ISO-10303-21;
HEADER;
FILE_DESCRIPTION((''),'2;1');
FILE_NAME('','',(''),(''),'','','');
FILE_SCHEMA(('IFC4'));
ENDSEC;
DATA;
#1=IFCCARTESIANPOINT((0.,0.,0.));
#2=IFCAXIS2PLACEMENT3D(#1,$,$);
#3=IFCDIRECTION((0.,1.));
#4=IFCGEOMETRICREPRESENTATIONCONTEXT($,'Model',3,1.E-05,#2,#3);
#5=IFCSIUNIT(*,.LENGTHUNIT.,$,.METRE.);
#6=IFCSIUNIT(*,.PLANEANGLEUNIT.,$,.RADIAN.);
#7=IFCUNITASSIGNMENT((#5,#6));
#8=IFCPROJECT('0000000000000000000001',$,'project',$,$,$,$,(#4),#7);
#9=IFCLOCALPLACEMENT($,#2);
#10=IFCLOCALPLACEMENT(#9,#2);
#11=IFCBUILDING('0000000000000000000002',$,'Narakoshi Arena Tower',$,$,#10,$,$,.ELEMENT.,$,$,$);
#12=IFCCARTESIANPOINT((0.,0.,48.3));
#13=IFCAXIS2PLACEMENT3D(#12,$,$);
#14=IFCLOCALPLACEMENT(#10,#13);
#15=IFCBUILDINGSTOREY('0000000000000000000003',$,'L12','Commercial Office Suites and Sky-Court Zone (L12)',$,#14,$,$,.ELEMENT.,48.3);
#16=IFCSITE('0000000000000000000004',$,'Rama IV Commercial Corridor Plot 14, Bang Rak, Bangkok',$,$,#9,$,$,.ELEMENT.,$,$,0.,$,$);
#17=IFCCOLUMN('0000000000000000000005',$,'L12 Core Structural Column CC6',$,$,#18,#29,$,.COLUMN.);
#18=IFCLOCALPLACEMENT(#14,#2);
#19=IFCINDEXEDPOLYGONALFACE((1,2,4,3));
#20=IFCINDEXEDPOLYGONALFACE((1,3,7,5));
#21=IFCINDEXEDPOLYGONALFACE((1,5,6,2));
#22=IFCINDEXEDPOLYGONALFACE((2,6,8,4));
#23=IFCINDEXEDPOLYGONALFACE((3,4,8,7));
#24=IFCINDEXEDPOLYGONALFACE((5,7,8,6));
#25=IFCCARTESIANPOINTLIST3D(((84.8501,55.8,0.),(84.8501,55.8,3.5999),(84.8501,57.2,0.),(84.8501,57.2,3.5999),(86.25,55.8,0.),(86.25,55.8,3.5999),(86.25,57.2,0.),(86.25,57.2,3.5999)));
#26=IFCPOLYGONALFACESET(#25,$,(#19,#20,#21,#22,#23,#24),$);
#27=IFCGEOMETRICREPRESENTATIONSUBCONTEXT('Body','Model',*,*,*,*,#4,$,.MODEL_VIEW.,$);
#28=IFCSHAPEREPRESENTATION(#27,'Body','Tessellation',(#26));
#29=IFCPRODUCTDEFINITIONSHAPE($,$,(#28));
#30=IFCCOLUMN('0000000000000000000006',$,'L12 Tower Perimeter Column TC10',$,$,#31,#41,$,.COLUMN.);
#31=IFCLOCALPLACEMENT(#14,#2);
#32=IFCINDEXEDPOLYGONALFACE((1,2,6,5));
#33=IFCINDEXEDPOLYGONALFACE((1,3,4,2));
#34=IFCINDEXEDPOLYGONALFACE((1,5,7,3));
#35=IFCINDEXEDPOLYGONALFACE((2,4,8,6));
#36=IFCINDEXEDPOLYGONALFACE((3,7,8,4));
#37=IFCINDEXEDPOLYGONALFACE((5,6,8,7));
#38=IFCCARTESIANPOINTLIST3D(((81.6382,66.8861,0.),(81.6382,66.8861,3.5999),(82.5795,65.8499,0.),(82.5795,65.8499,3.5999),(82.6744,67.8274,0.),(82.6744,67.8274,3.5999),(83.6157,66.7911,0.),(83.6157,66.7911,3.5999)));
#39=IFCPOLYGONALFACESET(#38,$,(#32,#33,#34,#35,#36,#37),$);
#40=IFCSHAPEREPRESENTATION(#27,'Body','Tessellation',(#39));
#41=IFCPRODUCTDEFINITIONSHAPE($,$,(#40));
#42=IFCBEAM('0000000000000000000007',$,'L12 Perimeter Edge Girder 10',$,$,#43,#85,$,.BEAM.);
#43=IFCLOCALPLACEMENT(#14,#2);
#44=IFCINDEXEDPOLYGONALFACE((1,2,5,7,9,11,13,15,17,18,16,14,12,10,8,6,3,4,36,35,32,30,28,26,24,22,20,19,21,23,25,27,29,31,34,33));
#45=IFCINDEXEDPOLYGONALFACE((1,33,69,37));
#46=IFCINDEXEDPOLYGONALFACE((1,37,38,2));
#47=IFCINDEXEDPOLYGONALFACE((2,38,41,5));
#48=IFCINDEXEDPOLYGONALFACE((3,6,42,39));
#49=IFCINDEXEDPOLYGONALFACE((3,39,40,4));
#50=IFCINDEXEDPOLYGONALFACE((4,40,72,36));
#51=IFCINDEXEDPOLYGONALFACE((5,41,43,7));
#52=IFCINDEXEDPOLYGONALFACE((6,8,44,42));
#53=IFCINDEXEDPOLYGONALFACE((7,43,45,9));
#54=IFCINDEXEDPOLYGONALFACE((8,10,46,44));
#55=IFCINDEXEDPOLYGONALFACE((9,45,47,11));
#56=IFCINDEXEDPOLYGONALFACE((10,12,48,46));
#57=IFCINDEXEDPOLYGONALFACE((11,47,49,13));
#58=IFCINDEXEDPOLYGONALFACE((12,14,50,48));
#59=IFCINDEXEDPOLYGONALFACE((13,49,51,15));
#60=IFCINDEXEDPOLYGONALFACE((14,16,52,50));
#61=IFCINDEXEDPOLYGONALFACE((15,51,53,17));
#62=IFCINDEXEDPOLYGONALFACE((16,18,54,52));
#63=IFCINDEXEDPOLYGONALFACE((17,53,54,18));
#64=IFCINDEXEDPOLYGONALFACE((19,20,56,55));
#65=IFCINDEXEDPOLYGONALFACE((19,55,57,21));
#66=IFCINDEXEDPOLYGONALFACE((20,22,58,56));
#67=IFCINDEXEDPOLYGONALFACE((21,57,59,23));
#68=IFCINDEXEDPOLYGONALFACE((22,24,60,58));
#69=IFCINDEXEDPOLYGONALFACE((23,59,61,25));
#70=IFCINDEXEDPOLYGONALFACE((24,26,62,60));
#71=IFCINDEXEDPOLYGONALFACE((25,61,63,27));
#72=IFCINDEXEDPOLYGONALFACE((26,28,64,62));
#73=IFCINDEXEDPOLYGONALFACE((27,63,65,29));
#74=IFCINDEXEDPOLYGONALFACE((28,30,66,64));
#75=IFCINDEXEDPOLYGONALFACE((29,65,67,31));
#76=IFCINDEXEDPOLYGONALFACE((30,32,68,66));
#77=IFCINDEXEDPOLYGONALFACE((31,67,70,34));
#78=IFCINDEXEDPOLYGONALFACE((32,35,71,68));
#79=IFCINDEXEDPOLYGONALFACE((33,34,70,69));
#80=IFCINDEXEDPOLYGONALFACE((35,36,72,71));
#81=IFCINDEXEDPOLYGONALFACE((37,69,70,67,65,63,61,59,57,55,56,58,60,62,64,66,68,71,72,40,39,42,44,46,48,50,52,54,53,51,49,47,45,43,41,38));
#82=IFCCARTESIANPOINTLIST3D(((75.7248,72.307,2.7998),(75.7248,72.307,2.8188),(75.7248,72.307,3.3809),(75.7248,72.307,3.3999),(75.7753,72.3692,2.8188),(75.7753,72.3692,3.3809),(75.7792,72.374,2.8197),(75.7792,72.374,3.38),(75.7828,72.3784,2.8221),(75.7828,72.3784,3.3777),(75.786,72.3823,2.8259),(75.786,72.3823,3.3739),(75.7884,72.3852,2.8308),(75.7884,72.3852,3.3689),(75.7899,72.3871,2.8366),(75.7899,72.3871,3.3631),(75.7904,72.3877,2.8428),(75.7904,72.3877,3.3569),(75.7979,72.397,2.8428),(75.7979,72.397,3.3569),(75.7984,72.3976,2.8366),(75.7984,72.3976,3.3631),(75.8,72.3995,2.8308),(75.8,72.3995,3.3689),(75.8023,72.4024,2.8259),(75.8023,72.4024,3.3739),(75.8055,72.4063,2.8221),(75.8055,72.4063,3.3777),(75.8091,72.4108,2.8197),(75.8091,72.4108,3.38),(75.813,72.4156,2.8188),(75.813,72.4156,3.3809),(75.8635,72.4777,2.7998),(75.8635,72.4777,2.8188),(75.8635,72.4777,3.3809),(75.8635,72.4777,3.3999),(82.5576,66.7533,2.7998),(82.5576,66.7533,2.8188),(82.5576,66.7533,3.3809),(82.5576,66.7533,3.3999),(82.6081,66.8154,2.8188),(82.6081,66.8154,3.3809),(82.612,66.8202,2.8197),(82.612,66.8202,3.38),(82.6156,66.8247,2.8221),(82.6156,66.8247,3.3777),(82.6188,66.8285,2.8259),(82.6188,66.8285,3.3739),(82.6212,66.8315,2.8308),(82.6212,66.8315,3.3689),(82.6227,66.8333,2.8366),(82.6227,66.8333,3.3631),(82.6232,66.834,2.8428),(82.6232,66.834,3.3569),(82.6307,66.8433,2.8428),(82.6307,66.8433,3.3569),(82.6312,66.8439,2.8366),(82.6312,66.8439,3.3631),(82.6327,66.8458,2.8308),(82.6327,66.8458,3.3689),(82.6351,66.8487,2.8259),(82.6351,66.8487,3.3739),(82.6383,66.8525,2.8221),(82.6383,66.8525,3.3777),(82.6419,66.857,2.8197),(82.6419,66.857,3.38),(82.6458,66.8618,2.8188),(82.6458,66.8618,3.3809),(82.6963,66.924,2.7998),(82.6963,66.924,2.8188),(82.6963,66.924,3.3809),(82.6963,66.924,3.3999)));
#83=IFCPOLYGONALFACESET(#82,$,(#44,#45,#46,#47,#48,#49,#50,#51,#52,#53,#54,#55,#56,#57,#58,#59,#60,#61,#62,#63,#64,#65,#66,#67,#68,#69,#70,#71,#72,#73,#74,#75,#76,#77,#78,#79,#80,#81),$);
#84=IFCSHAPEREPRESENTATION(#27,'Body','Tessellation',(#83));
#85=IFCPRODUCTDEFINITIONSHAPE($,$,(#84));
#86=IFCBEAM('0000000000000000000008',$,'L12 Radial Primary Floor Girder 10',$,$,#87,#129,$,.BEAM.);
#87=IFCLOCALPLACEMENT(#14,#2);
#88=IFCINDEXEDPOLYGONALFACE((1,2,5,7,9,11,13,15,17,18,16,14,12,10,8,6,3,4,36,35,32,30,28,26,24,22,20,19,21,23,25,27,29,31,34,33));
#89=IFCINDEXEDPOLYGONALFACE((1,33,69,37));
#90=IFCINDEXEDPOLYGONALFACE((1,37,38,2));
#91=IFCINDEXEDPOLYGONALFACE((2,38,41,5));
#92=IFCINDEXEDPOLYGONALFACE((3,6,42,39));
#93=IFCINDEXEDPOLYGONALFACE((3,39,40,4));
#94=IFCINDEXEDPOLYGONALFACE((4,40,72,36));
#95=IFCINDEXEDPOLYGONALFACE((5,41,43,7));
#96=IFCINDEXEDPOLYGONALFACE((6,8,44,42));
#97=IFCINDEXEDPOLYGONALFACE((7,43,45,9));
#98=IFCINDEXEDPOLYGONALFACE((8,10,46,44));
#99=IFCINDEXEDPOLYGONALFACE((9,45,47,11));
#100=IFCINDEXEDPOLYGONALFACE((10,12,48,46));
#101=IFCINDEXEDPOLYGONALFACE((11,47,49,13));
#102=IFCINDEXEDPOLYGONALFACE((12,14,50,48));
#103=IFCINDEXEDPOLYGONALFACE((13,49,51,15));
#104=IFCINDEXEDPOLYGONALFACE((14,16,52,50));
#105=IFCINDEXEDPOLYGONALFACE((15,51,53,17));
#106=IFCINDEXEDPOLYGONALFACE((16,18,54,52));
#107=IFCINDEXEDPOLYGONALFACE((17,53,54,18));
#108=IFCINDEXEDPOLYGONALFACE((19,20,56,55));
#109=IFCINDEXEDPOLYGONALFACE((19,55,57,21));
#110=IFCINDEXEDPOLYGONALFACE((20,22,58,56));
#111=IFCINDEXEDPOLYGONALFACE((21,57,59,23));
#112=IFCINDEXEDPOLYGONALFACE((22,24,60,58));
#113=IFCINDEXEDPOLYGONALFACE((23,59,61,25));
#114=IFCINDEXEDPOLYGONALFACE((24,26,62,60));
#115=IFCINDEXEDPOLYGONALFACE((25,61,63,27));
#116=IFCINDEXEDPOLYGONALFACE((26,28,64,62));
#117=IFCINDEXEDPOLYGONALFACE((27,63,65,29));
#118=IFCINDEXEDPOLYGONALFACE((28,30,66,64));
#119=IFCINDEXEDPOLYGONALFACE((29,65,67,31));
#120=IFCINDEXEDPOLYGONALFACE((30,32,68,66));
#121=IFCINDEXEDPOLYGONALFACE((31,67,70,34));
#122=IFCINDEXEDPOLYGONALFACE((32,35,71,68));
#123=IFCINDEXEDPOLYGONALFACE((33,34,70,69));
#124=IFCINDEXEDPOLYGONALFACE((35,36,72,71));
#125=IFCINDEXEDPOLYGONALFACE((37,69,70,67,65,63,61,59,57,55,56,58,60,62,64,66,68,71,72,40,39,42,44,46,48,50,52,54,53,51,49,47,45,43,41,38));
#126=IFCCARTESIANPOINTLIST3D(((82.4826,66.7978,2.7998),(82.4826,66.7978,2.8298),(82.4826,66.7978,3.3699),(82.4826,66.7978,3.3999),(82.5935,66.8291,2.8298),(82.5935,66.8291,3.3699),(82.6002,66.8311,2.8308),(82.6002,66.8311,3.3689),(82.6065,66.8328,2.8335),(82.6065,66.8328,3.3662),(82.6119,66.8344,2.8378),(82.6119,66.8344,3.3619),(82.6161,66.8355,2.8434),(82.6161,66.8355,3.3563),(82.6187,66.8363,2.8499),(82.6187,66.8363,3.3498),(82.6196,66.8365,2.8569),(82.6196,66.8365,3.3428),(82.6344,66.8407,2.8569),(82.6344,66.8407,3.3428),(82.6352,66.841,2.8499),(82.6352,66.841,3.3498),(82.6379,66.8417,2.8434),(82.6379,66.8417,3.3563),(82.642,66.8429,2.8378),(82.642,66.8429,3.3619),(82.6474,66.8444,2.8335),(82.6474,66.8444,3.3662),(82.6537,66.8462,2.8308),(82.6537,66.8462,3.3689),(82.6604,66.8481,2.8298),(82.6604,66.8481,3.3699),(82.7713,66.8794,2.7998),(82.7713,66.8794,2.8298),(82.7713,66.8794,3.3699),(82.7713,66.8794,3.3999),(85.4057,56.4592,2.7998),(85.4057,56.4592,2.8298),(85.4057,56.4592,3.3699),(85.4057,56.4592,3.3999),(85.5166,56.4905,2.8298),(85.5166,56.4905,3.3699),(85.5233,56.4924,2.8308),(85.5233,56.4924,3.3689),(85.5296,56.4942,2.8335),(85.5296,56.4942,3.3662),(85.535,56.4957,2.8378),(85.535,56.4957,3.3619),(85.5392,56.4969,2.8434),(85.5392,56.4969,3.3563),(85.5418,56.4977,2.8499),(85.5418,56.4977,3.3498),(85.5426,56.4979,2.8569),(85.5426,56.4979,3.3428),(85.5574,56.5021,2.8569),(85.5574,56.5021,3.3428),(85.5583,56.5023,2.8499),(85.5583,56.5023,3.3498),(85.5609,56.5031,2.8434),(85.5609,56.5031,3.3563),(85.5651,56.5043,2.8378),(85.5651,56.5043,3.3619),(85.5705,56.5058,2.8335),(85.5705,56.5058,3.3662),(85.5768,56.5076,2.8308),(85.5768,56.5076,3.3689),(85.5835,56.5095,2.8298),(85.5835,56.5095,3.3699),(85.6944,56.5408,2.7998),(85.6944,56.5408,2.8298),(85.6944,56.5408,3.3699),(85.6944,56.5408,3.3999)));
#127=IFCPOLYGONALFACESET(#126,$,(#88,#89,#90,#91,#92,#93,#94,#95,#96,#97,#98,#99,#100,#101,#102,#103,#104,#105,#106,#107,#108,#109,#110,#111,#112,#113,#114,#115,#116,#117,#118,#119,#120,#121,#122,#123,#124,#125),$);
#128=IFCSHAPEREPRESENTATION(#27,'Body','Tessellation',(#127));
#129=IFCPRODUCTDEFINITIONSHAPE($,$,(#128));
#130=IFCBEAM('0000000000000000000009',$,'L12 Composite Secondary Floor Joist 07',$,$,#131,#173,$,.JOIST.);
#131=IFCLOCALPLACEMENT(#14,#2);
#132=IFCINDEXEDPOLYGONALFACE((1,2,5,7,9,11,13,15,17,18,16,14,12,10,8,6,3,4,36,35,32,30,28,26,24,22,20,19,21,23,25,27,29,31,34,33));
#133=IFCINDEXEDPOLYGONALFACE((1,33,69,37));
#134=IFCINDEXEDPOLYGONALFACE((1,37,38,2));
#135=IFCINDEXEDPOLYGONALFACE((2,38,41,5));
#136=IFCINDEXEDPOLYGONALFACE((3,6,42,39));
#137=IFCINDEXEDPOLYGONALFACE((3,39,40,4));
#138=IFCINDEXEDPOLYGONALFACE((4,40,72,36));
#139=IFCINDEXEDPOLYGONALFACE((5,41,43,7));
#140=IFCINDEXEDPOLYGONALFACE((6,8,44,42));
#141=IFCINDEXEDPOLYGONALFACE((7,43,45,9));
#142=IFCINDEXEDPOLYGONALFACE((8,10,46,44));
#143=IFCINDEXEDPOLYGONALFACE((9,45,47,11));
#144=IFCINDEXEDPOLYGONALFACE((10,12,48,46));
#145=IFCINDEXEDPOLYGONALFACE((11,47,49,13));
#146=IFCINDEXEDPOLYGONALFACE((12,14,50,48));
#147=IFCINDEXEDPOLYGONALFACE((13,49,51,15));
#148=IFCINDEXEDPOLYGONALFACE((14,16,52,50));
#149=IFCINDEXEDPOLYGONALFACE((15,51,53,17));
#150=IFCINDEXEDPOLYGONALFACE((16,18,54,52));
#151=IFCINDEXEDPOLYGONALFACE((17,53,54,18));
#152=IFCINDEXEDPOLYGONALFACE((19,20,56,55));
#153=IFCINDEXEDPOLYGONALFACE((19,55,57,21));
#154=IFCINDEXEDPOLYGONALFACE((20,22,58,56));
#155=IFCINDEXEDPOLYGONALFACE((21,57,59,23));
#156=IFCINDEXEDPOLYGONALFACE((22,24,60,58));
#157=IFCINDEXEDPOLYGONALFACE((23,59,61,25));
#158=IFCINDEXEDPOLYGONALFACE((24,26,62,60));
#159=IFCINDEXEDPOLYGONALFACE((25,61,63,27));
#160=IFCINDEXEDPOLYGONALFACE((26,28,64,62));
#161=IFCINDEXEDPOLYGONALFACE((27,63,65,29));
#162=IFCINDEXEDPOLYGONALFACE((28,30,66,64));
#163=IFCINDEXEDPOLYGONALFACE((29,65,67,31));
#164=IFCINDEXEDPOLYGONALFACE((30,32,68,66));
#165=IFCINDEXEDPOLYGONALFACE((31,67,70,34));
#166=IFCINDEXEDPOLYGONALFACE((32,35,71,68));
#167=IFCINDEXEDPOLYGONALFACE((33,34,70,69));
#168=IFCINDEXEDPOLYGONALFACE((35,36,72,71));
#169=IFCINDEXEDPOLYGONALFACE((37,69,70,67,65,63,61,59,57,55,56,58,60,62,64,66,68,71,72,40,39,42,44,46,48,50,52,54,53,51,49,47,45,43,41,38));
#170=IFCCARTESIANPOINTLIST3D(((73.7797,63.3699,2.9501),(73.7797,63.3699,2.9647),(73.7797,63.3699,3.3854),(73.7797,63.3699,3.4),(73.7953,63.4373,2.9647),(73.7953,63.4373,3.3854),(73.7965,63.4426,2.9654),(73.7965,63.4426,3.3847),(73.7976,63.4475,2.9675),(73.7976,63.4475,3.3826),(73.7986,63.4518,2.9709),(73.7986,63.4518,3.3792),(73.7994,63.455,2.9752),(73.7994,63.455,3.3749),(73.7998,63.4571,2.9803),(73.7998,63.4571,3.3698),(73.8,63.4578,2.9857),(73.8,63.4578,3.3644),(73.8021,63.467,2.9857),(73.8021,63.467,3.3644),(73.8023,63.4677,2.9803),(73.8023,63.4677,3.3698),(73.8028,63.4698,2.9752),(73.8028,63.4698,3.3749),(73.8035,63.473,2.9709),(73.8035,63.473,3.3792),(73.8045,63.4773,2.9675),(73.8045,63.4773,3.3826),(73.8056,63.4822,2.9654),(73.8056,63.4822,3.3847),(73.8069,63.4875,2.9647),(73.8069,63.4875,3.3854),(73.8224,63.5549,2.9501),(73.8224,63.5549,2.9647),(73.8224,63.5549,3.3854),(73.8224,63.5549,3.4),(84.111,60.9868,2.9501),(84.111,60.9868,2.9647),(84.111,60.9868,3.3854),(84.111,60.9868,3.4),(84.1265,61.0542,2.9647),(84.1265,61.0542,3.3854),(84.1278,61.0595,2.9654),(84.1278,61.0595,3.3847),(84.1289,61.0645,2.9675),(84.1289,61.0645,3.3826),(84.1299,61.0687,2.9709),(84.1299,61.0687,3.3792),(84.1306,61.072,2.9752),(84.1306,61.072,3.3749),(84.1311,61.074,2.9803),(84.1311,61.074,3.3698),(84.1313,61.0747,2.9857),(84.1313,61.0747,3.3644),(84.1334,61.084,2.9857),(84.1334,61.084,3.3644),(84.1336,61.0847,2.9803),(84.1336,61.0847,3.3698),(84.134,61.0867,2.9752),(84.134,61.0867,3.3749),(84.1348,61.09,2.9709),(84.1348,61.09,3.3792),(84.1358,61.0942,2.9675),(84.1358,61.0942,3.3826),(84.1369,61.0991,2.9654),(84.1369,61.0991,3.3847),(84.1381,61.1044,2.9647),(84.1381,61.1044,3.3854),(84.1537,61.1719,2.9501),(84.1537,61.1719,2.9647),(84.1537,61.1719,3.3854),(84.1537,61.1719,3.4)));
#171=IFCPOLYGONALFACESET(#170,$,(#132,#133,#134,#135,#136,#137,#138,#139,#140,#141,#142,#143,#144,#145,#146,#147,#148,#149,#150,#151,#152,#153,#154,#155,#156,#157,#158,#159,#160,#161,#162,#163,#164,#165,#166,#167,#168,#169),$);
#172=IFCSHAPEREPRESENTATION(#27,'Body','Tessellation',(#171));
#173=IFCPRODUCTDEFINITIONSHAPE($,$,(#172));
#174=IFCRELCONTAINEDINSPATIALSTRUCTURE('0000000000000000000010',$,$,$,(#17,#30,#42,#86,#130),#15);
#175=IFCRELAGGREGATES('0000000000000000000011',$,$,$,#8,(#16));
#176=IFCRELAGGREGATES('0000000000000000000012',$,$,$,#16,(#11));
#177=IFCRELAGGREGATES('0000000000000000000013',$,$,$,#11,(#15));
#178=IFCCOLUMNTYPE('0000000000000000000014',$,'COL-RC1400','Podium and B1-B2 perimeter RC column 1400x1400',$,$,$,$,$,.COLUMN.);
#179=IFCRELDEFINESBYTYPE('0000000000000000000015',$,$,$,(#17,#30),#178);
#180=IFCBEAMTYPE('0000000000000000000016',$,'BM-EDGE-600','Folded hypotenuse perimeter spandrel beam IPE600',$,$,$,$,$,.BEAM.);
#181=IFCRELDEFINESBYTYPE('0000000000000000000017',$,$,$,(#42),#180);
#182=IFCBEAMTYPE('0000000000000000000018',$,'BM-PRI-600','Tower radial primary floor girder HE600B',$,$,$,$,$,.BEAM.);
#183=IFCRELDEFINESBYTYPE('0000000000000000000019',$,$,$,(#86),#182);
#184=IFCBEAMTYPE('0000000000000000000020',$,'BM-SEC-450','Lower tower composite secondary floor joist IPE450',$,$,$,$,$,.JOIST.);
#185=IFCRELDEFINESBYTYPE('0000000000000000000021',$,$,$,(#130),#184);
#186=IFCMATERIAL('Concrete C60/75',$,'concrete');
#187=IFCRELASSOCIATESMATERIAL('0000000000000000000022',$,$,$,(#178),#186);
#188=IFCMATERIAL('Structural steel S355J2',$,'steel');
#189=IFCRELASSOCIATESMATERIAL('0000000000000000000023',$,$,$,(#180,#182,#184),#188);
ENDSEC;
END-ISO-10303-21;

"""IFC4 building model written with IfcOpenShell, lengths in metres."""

from ifc_helpers import new_model, si_unit, direction, frame, origin, origin_2d, place, context, subcontext, project, spatial, rectangle, i_section, extrude, material, material_profile, profile_set, type_object, element, save


model = new_model("IFC4")

# Units and contexts
model_context = context("Model", 3, precision=1e-05, world=origin(), true_north=direction((0.0, 1.0)))
body_context = subcontext(model_context, "Body", "Model", "MODEL_VIEW")
ifc_project = project(units=[si_unit("LENGTHUNIT", "METRE"), si_unit("PLANEANGLEUNIT", "RADIAN")], contexts=[model_context])

# Site, building, storey
site_placement = place(None, origin())
site = spatial("IfcSite", under=ifc_project, at=site_placement, Name="Rama IV Commercial Corridor Plot 14, Bang Rak, Bangkok", CompositionType="ELEMENT", RefElevation=0.0)
building_placement = place(site_placement, origin())
building = spatial("IfcBuilding", under=site, at=building_placement, Name="Narakoshi Arena Tower", CompositionType="ELEMENT")
storey_placement = place(building_placement, frame((0.0, 0.0, 48.3)))
storey = spatial("IfcBuildingStorey", under=building, at=storey_placement, Name="L12", Description="Commercial Office Suites and Sky-Court Zone (L12)", CompositionType="ELEMENT", Elevation=48.3)

# Columns
ifc_material_1 = material(Name="Concrete C60/75", Category="concrete")
ifc_material_profile_1 = material_profile(ifc_material_1, rectangle(XDim=1.3999, YDim=1.3999, at=origin_2d()), Name="RC1400x1400")
ifc_profile_set_1 = profile_set([ifc_material_profile_1], Name="Concrete C60/75")
column_type = type_object("IfcColumnType", Name="COL-RC1400", Description="Podium and B1-B2 perimeter RC column 1400x1400", PredefinedType="COLUMN", material=ifc_profile_set_1)
for number, where, z_axis, x_axis, name in (
    (1, (85.55, 56.5, 0.0), (0.0, 0.0, 1.0), (1.0, 0.0, 0.0), "L12 Core Structural Column CC6"),
    (2, (82.627, 66.8386, 0.0), (0.0, 0.0, 1.0), (0.740218, 0.672367, 0.0), "L12 Tower Perimeter Column TC10"),
):
    element("IfcColumn", number, at=place(storey_placement, frame(where, z_axis=z_axis, x_axis=x_axis)), inside=storey, type_object=column_type, Name=name, PredefinedType="COLUMN", context=body_context, shape_type="SweptSolid", body=[
        extrude(rectangle(XDim=1.3999, YDim=1.3999, at=origin_2d()), origin(), (0.0, 0.0, 1.0), 3.5999),
    ])

# Beams
ifc_material_2 = material(Name="Structural steel S355J2", Category="steel")
ifc_material_profile_2 = material_profile(ifc_material_2, i_section(OverallWidth=0.22, OverallDepth=0.6001, WebThickness=0.012, FlangeThickness=0.019, FilletRadius=0.0239, at=origin_2d()), Name="IPE600")
ifc_profile_set_2 = profile_set([ifc_material_profile_2], Name="Structural steel S355J2")
beam_type_1 = type_object("IfcBeamType", Name="BM-EDGE-600", Description="Folded hypotenuse perimeter spandrel beam IPE600", PredefinedType="BEAM", material=ifc_profile_set_2)
beam_1_placement = place(storey_placement, frame((82.627, 66.8386, 3.0999), z_axis=(-0.775998, 0.630736, 0.0), x_axis=(-0.630736, -0.775998, 0.0)))
element("IfcBeam", 3, at=beam_1_placement, inside=storey, type_object=beam_type_1, Name="L12 Perimeter Edge Girder 10", PredefinedType="BEAM", context=body_context, shape_type="SweptSolid", body=[
    extrude(i_section(OverallWidth=0.22, OverallDepth=0.6001, WebThickness=0.012, FlangeThickness=0.019, FilletRadius=0.0239, at=origin_2d()), origin(), (0.0, 0.0, 1.0), 8.8052),
])
ifc_material_profile_3 = material_profile(ifc_material_2, i_section(OverallWidth=0.3, OverallDepth=0.6001, WebThickness=0.0154, FlangeThickness=0.03, FilletRadius=0.0271, at=origin_2d()), Name="HE600B")
ifc_profile_set_3 = profile_set([ifc_material_profile_3], Name="Structural steel S355J2")
beam_type_2 = type_object("IfcBeamType", Name="BM-PRI-600", Description="Tower radial primary floor girder HE600B", PredefinedType="BEAM", material=ifc_profile_set_3)
beam_2_placement = place(storey_placement, frame((85.55, 56.5, 3.0999), z_axis=(-0.27207, 0.962277, 0.0), x_axis=(-0.962277, -0.27207, 0.0)))
element("IfcBeam", 4, at=beam_2_placement, inside=storey, type_object=beam_type_2, Name="L12 Radial Primary Floor Girder 10", PredefinedType="BEAM", context=body_context, shape_type="SweptSolid", body=[
    extrude(i_section(OverallWidth=0.3, OverallDepth=0.6001, WebThickness=0.0154, FlangeThickness=0.03, FilletRadius=0.0271, at=origin_2d()), origin(), (0.0, 0.0, 1.0), 10.7439),
])
ifc_material_profile_4 = material_profile(ifc_material_2, i_section(OverallWidth=0.1899, OverallDepth=0.45, WebThickness=0.0095, FlangeThickness=0.0146, FilletRadius=0.021, at=origin_2d()), Name="IPE450")
ifc_profile_set_4 = profile_set([ifc_material_profile_4], Name="Structural steel S355J2")
beam_type_3 = type_object("IfcBeamType", Name="BM-SEC-450", Description="Lower tower composite secondary floor joist IPE450", PredefinedType="JOIST", material=ifc_profile_set_4)
beam_3_placement = place(storey_placement, frame((84.1323, 61.0793, 3.175), z_axis=(-0.974414, 0.224762, 0.0), x_axis=(-0.224762, -0.974414, 0.0)))
element("IfcBeam", 5, at=beam_3_placement, inside=storey, type_object=beam_type_3, Name="L12 Composite Secondary Floor Joist 07", PredefinedType="JOIST", context=body_context, shape_type="SweptSolid", body=[
    extrude(i_section(OverallWidth=0.1899, OverallDepth=0.45, WebThickness=0.0095, FlangeThickness=0.0146, FilletRadius=0.021, at=origin_2d()), origin(), (0.0, 0.0, 1.0), 10.6025),
])

save(model, "model.ifc")
